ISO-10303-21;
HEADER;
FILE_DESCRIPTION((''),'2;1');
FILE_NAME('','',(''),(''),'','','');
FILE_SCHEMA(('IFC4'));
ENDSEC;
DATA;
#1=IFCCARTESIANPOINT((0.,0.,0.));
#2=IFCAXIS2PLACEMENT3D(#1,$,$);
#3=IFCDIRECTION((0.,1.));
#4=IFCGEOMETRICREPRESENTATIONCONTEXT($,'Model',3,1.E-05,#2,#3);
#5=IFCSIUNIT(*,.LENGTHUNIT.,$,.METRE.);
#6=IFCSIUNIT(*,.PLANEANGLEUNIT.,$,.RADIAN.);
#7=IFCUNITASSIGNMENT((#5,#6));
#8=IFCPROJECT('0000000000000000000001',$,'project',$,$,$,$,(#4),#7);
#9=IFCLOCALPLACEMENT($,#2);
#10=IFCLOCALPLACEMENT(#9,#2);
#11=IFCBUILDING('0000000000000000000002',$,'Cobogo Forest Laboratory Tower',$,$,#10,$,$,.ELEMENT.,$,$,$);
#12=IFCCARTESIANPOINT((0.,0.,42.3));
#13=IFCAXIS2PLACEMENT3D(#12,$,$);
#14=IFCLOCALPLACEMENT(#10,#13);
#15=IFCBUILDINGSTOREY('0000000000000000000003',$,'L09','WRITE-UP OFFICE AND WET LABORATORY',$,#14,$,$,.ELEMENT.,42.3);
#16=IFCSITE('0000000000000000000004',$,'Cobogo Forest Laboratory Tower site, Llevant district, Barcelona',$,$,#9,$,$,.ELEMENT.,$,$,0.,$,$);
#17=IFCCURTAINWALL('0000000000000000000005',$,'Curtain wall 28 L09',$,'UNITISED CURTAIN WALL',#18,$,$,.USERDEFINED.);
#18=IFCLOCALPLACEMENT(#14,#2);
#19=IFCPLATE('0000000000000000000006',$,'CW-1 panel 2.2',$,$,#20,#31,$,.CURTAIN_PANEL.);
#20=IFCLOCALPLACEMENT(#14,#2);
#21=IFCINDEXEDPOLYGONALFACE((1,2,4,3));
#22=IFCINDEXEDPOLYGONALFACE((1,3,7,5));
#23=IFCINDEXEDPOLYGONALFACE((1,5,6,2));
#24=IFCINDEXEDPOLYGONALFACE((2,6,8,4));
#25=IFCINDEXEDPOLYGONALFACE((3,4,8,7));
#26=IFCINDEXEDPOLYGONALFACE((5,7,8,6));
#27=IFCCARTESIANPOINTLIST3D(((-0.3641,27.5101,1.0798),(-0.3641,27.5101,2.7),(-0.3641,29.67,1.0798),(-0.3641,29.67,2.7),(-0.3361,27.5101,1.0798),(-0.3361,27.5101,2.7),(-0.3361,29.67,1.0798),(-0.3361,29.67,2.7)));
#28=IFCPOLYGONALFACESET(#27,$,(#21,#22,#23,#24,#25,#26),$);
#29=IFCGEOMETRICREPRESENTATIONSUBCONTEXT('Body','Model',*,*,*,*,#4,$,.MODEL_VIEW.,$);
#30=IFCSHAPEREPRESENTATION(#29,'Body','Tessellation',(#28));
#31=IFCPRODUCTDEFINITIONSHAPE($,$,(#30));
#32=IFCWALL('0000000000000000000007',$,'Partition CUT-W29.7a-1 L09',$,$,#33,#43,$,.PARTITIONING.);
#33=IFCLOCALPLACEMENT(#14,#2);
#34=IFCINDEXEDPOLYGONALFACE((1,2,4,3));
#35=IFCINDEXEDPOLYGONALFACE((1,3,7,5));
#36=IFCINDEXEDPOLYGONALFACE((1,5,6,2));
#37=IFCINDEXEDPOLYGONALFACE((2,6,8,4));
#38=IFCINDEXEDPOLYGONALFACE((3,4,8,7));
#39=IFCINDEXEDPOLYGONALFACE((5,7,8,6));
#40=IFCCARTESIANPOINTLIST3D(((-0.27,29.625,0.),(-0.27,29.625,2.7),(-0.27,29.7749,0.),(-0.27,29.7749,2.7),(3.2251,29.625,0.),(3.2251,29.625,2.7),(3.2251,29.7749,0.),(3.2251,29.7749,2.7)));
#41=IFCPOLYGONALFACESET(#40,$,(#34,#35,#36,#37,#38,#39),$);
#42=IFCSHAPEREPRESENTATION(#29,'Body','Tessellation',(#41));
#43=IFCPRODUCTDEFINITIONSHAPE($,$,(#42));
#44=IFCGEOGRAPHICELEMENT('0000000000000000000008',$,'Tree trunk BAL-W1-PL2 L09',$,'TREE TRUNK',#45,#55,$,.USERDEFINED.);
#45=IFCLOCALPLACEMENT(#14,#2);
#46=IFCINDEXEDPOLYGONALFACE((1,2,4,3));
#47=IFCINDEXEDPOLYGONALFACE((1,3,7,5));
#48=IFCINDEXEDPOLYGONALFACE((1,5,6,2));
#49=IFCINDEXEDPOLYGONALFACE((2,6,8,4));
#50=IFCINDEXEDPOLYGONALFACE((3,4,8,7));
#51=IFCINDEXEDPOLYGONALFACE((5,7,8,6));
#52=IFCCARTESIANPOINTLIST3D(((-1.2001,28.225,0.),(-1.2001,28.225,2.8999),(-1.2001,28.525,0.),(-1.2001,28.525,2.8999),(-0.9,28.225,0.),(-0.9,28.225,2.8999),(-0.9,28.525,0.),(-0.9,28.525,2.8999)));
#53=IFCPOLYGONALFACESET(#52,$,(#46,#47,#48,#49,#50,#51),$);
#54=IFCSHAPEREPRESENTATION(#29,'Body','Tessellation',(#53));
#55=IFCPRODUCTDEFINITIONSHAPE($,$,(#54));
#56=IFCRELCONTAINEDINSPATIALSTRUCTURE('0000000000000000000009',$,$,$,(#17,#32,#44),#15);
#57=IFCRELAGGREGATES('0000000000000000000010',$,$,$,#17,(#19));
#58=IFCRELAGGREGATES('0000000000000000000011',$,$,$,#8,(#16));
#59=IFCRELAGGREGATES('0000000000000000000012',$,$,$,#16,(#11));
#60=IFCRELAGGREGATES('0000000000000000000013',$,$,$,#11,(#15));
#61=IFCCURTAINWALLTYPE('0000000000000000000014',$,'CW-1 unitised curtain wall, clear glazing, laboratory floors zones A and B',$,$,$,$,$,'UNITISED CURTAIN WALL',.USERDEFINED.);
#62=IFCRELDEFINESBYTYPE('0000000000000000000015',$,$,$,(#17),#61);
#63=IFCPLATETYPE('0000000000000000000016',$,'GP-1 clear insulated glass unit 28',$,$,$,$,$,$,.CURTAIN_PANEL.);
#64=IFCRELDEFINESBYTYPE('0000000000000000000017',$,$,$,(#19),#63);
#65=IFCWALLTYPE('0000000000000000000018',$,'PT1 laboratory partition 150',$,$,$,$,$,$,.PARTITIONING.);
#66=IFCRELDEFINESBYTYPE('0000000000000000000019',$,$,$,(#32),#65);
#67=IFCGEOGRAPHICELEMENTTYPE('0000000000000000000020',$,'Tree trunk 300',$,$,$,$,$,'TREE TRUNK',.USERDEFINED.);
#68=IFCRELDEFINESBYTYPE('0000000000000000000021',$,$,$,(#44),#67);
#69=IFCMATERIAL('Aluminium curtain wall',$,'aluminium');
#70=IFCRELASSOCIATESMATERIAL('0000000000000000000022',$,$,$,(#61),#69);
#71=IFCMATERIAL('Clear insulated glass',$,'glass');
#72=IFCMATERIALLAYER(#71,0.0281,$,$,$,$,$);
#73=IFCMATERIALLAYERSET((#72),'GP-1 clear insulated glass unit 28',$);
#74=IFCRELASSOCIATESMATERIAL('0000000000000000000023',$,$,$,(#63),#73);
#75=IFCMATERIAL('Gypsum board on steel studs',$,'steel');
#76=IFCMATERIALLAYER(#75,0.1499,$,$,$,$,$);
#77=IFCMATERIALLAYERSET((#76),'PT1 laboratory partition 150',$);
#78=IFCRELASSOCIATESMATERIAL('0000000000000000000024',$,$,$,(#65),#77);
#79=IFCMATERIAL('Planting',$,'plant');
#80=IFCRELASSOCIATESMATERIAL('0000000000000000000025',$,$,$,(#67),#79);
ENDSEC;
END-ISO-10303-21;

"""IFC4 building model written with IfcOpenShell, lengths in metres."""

from ifc_helpers import new_model, si_unit, direction, frame, frame_2d, origin, origin_2d, place, context, subcontext, project, spatial, rectangle, extrude, material, layer, layer_set, type_object, element, aggregate, save


model = new_model("IFC4")

# Units and contexts
model_context = context("Model", 3, precision=1e-05, world=origin(), true_north=direction((0.0, 1.0)))
body_context = subcontext(model_context, "Body", "Model", "MODEL_VIEW")
ifc_project = project(units=[si_unit("LENGTHUNIT", "METRE"), si_unit("PLANEANGLEUNIT", "RADIAN")], contexts=[model_context])

# Site, building, storey
site_placement = place(None, origin())
site = spatial("IfcSite", under=ifc_project, at=site_placement, Name="Cobogo Forest Laboratory Tower site, Llevant district, Barcelona", CompositionType="ELEMENT", RefElevation=0.0)
building_placement = place(site_placement, origin())
building = spatial("IfcBuilding", under=site, at=building_placement, Name="Cobogo Forest Laboratory Tower", CompositionType="ELEMENT")
storey_placement = place(building_placement, frame((0.0, 0.0, 42.3)))
storey = spatial("IfcBuildingStorey", under=building, at=storey_placement, Name="L09", Description="WRITE-UP OFFICE AND WET LABORATORY", CompositionType="ELEMENT", Elevation=42.3)

# Curtain wall
ifc_material_1 = material(Name="Aluminium curtain wall", Category="aluminium")
curtain_wall_type = type_object("IfcCurtainWallType", Name="CW-1 unitised curtain wall, clear glazing, laboratory floors zones A and B", ElementType="UNITISED CURTAIN WALL", PredefinedType="USERDEFINED", material=ifc_material_1)
curtain_wall_placement = place(storey_placement, origin())
curtain_wall = element("IfcCurtainWall", 1, at=curtain_wall_placement, inside=storey, type_object=curtain_wall_type, Name="Curtain wall 28 L09", ObjectType="UNITISED CURTAIN WALL", PredefinedType="USERDEFINED")

# Plate
ifc_material_2 = material(Name="Clear insulated glass", Category="glass")
ifc_layer_1 = layer(ifc_material_2, 0.0281)
ifc_layer_set_1 = layer_set([ifc_layer_1], Name="GP-1 clear insulated glass unit 28")
plate_type = type_object("IfcPlateType", Name="GP-1 clear insulated glass unit 28", PredefinedType="CURTAIN_PANEL", material=ifc_layer_set_1)
plate_1_placement = place(storey_placement, frame((-0.3501, 28.5901, 1.0798), z_axis=(0.0, 0.0, 1.0), x_axis=(0.0, -1.0, 0.0)))
plate_1 = element("IfcPlate", 2, at=plate_1_placement, type_object=plate_type, Name="CW-1 panel 2.2", PredefinedType="CURTAIN_PANEL", context=body_context, shape_type="SweptSolid", body=[
    extrude(rectangle(XDim=2.1599, YDim=0.0281, at=origin_2d()), origin(), (0.0, 0.0, 1.0), 1.6201),
])
aggregate(curtain_wall, [plate_1])

# Wall
ifc_material_3 = material(Name="Gypsum board on steel studs", Category="steel")
ifc_layer_2 = layer(ifc_material_3, 0.1499)
ifc_layer_set_2 = layer_set([ifc_layer_2], Name="PT1 laboratory partition 150")
wall_type_1 = type_object("IfcWallType", Name="PT1 laboratory partition 150", PredefinedType="PARTITIONING", material=ifc_layer_set_2)
wall_1_placement = place(storey_placement, frame((-0.27, 29.7, 0.0), z_axis=(0.0, 0.0, 1.0), x_axis=(1.0, 0.0, 0.0)))
element("IfcWall", 3, at=wall_1_placement, inside=storey, type_object=wall_type_1, Name="Partition CUT-W29.7a-1 L09", PredefinedType="PARTITIONING", context=body_context, shape_type="SweptSolid", body=[
    extrude(rectangle(XDim=3.4951, YDim=0.1499, at=frame_2d((1.7476, 0.0))), origin(), (0.0, 0.0, 1.0), 2.7),
])

# Geographic element
ifc_material_4 = material(Name="Planting", Category="plant")
geographic_element_type = type_object("IfcGeographicElementType", Name="Tree trunk 300", ElementType="TREE TRUNK", PredefinedType="USERDEFINED", material=ifc_material_4)
geographic_element_placement = place(storey_placement, frame((-1.05, 28.375, 0.0), z_axis=(0.0, 0.0, 1.0), x_axis=(1.0, 0.0, 0.0)))
element("IfcGeographicElement", 4, at=geographic_element_placement, inside=storey, type_object=geographic_element_type, Name="Tree trunk BAL-W1-PL2 L09", ObjectType="TREE TRUNK", PredefinedType="USERDEFINED", context=body_context, shape_type="SweptSolid", body=[
    extrude(rectangle(XDim=0.3, YDim=0.3, at=origin_2d()), origin(), (0.0, 0.0, 1.0), 2.8999),
])

save(model, "model.ifc")
